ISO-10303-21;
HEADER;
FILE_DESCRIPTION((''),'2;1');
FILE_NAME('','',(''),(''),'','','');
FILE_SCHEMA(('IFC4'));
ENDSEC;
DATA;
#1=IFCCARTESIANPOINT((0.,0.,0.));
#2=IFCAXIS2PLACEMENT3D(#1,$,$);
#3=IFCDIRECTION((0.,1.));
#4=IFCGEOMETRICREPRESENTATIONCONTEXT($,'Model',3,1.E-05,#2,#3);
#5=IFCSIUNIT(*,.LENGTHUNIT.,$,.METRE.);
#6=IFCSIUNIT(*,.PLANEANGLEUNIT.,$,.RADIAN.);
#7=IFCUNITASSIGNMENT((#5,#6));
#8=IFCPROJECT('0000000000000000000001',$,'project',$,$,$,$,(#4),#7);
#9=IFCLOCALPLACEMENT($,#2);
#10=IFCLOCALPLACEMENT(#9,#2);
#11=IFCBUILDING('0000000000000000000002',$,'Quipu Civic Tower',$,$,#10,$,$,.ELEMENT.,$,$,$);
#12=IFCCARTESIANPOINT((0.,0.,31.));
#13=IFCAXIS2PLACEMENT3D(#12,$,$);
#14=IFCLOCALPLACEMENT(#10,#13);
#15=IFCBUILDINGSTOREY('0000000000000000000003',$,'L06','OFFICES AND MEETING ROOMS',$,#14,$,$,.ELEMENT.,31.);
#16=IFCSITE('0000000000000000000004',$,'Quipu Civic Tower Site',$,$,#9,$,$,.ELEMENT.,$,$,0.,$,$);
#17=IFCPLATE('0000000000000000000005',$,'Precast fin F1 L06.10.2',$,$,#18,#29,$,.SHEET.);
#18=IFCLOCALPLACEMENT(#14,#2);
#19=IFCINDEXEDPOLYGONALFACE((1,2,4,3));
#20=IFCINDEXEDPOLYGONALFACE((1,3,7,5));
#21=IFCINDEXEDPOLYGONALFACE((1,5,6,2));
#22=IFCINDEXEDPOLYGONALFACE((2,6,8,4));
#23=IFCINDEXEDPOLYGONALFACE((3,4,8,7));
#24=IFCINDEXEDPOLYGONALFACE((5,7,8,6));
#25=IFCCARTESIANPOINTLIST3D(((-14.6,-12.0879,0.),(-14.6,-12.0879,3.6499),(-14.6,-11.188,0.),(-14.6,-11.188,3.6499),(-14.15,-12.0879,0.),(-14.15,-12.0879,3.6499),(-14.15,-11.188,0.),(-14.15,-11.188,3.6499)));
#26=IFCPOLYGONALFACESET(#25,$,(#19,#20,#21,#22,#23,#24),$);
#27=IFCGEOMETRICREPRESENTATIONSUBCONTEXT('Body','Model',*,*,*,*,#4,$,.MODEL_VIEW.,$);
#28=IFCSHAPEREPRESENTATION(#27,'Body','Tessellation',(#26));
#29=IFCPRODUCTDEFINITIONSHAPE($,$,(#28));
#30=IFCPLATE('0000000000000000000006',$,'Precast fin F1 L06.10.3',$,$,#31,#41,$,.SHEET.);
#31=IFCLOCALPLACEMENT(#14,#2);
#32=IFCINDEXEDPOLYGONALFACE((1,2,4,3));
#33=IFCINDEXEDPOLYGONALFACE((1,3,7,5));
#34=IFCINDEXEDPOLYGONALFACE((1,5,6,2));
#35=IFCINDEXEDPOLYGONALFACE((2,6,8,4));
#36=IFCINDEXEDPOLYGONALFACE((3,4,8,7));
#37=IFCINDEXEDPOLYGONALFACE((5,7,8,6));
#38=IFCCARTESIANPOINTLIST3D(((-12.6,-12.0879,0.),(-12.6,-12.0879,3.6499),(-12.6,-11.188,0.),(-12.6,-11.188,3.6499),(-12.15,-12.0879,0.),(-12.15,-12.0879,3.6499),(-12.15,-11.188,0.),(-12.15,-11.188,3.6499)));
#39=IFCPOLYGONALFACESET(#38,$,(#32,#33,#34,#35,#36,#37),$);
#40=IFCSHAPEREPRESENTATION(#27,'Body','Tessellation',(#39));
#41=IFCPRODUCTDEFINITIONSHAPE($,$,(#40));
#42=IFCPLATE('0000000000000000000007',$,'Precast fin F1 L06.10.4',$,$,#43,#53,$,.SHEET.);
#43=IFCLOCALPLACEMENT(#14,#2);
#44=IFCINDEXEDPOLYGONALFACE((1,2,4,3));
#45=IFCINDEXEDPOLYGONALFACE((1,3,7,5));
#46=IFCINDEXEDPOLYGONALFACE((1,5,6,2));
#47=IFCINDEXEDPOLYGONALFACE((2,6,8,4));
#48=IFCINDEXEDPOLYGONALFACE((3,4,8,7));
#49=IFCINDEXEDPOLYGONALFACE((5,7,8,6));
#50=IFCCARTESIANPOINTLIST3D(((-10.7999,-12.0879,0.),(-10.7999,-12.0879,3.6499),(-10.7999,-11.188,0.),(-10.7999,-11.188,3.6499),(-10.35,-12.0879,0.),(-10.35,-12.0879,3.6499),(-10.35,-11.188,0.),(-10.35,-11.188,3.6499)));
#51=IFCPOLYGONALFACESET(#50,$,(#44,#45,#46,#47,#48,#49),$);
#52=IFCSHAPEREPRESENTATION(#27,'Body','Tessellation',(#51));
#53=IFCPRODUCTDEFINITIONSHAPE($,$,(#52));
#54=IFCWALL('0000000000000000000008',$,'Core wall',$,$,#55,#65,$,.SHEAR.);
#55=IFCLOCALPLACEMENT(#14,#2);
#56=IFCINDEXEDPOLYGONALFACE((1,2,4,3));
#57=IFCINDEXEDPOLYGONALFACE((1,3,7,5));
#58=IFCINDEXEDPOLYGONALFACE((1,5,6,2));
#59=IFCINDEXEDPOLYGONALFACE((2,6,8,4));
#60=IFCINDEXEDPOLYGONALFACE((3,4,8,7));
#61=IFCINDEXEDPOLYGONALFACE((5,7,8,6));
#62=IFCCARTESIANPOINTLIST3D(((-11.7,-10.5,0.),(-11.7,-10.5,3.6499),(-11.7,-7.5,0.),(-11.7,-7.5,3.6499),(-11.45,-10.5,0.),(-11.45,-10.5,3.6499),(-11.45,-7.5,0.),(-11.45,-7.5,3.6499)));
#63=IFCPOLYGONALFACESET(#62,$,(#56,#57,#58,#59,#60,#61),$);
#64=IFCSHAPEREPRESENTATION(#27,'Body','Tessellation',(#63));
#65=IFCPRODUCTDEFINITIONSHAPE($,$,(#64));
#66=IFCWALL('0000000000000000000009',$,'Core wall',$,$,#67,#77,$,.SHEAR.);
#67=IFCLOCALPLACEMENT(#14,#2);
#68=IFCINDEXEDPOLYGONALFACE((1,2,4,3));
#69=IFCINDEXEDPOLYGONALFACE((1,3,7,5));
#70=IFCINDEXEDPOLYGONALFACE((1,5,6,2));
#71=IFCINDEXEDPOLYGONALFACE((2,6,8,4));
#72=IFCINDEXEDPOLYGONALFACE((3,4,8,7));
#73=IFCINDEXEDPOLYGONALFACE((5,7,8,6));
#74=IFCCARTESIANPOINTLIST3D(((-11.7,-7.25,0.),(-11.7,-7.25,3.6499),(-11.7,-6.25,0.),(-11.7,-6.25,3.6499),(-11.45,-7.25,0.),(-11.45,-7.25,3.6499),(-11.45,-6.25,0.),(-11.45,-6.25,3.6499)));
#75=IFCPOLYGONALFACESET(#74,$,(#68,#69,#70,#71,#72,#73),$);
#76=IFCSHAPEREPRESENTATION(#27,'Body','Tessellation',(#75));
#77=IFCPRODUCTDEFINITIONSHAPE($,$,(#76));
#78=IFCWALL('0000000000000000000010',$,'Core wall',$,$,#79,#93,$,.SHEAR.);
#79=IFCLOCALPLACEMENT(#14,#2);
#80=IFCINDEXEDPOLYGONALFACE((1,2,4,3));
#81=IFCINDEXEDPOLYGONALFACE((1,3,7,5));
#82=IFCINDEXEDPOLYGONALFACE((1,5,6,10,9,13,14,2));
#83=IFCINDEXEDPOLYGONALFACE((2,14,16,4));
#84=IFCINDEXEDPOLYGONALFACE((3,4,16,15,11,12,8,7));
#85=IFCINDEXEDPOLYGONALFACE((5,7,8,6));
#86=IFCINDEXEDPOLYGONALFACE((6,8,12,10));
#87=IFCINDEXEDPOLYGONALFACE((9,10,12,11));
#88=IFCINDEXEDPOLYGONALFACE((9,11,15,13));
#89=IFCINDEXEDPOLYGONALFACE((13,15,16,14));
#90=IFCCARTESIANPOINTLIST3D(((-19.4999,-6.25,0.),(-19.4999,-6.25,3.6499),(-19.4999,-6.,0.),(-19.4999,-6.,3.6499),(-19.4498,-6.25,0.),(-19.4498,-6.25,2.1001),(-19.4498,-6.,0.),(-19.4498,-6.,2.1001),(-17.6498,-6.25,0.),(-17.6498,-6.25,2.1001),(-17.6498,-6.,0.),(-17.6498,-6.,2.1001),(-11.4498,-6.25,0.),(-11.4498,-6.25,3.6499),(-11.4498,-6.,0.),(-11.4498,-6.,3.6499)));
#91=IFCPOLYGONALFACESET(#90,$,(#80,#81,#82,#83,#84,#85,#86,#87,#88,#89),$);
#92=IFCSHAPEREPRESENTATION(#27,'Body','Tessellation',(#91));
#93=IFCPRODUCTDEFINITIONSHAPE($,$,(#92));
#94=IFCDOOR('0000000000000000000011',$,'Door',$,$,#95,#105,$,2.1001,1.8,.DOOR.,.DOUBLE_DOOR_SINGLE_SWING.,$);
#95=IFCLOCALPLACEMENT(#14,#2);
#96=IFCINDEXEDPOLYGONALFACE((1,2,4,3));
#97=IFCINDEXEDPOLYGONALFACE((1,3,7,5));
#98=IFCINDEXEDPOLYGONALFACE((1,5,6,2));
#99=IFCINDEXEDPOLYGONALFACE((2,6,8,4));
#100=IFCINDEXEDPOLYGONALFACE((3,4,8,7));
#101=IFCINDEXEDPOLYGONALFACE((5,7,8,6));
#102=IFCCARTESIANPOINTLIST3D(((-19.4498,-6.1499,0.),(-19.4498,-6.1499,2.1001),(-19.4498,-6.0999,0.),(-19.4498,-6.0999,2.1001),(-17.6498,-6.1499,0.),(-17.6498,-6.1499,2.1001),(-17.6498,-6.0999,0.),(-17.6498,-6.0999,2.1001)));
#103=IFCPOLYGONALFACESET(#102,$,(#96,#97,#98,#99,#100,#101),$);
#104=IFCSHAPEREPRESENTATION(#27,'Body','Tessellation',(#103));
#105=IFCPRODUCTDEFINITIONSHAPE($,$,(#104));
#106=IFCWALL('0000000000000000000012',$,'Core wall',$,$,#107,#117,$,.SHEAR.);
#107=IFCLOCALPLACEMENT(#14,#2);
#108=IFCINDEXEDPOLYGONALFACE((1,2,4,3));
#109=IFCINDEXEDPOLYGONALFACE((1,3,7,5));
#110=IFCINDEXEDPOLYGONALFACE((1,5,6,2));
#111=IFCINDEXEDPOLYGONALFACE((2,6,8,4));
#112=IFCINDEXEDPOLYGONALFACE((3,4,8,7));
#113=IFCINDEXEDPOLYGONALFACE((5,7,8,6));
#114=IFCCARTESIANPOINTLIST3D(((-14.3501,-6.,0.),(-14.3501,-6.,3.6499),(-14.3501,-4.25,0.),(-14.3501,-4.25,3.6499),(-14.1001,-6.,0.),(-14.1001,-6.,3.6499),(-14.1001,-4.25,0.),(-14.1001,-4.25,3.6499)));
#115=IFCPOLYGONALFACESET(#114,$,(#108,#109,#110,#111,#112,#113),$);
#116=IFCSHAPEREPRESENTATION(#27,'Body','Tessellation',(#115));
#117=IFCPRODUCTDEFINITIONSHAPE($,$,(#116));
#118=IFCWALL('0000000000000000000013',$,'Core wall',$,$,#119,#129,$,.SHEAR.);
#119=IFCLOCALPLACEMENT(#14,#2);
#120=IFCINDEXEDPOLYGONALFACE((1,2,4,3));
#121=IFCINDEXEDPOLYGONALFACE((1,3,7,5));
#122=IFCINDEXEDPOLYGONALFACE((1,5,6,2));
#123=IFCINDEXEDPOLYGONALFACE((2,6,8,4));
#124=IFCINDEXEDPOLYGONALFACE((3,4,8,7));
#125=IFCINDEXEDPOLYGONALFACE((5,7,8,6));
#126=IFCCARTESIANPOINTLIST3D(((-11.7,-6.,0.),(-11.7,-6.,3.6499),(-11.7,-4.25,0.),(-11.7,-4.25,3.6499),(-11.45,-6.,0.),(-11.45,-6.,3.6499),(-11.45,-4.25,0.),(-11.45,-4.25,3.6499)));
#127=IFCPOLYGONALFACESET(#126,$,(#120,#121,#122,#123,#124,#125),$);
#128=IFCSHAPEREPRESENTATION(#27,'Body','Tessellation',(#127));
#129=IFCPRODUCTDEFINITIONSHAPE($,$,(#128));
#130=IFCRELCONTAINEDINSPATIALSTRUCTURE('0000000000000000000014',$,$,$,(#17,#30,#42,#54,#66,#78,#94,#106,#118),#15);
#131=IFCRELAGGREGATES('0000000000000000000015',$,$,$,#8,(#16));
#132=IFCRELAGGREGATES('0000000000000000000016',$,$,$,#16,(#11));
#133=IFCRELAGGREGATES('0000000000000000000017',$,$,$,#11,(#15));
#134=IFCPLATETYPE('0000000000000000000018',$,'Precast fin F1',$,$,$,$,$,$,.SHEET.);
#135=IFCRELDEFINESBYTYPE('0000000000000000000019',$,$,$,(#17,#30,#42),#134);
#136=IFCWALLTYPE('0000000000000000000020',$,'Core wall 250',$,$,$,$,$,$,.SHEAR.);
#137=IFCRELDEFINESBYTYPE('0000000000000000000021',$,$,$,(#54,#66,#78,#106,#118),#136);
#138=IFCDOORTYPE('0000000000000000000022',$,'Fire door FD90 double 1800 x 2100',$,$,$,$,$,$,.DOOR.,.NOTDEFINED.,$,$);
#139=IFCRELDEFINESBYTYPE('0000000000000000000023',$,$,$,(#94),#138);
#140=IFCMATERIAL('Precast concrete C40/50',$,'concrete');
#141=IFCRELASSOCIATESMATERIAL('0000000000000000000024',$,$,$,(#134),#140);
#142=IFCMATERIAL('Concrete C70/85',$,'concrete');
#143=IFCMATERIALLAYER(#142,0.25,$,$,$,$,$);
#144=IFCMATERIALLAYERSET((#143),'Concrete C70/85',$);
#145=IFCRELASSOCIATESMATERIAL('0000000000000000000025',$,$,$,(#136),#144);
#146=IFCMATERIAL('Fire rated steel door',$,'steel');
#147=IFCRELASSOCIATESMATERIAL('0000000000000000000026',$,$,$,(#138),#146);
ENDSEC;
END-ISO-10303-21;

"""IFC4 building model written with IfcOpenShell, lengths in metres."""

from ifc_helpers import new_model, si_unit, direction, frame, frame_2d, origin, origin_2d, place, context, subcontext, project, spatial, rectangle, extrude, material, layer, layer_set, type_object, element, fill, save


model = new_model("IFC4")

# Units and contexts
model_context = context("Model", 3, precision=1e-05, world=origin(), true_north=direction((0.0, 1.0)))
body_context = subcontext(model_context, "Body", "Model", "MODEL_VIEW")
ifc_project = project(units=[si_unit("LENGTHUNIT", "METRE"), si_unit("PLANEANGLEUNIT", "RADIAN")], contexts=[model_context])

# Site, building, storey
site_placement = place(None, origin())
site = spatial("IfcSite", under=ifc_project, at=site_placement, Name="Quipu Civic Tower Site", CompositionType="ELEMENT", RefElevation=0.0)
building_placement = place(site_placement, origin())
building = spatial("IfcBuilding", under=site, at=building_placement, Name="Quipu Civic Tower", CompositionType="ELEMENT")
storey_placement = place(building_placement, frame((0.0, 0.0, 31.0)))
storey = spatial("IfcBuildingStorey", under=building, at=storey_placement, Name="L06", Description="OFFICES AND MEETING ROOMS", CompositionType="ELEMENT", Elevation=31.0)

# Plates
ifc_material_1 = material(Name="Precast concrete C40/50", Category="concrete")
plate_type = type_object("IfcPlateType", Name="Precast fin F1", PredefinedType="SHEET", material=ifc_material_1)
for number, where, z_axis, x_axis, name in (
    (1, (-14.375, -11.6379, 0.0), (0.0, 0.0, 1.0), (1.0, 0.0, 0.0), "Precast fin F1 L06.10.2"),
    (2, (-12.375, -11.6379, 0.0), (0.0, 0.0, 1.0), (1.0, 0.0, 0.0), "Precast fin F1 L06.10.3"),
    (3, (-10.575, -11.6379, 0.0), (0.0, 0.0, 1.0), (1.0, 0.0, 0.0), "Precast fin F1 L06.10.4"),
):
    element("IfcPlate", number, at=place(storey_placement, frame(where, z_axis=z_axis, x_axis=x_axis)), inside=storey, type_object=plate_type, Name=name, PredefinedType="SHEET", context=body_context, shape_type="SweptSolid", body=[
        extrude(rectangle(XDim=0.45, YDim=0.8999, at=origin_2d()), origin(), (0.0, 0.0, 1.0), 3.6499),
    ])

# Walls
ifc_material_2 = material(Name="Concrete C70/85", Category="concrete")
ifc_layer_1 = layer(ifc_material_2, 0.25)
ifc_layer_set_1 = layer_set([ifc_layer_1], Name="Concrete C70/85")
wall_type_1 = type_object("IfcWallType", Name="Core wall 250", PredefinedType="SHEAR", material=ifc_layer_set_1)
wall_1_placement = place(storey_placement, frame((-11.575, -10.5, 0.0), z_axis=(0.0, 0.0, 1.0), x_axis=(0.0, 1.0, 0.0)))
element("IfcWall", 4, at=wall_1_placement, inside=storey, type_object=wall_type_1, Name="Core wall", PredefinedType="SHEAR", context=body_context, shape_type="SweptSolid", body=[
    extrude(rectangle(XDim=3.0, YDim=0.25, at=frame_2d((1.5, 0.0))), origin(), (0.0, 0.0, 1.0), 3.6499),
])
wall_2_placement = place(storey_placement, frame((-11.575, -7.25, 0.0), z_axis=(0.0, 0.0, 1.0), x_axis=(0.0, 1.0, 0.0)))
element("IfcWall", 5, at=wall_2_placement, inside=storey, type_object=wall_type_1, Name="Core wall", PredefinedType="SHEAR", context=body_context, shape_type="SweptSolid", body=[
    extrude(rectangle(XDim=1.0, YDim=0.25, at=frame_2d((0.5, 0.0))), origin(), (0.0, 0.0, 1.0), 3.6499),
])

# Wall, opening, door
wall_3_placement = place(storey_placement, frame((-11.45, -6.125, 0.0), z_axis=(0.0, 0.0, 1.0), x_axis=(-1.0, 0.0, 0.0)))
wall_3 = element("IfcWall", 6, at=wall_3_placement, inside=storey, type_object=wall_type_1, Name="Core wall", PredefinedType="SHEAR", context=body_context, shape_type="SweptSolid", body=[
    extrude(rectangle(XDim=8.05, YDim=0.25, at=frame_2d((4.0249, 0.0))), origin(), (0.0, 0.0, 1.0), 3.6499),
])
opening_1_placement = place(wall_3_placement, frame((6.2, 0.0, 0.0)))
opening_1 = element("IfcOpeningElement", 7, at=opening_1_placement, cuts=wall_3, PredefinedType="OPENING", context=body_context, shape_type="SweptSolid", body=[
    extrude(rectangle(XDim=1.8, YDim=2.1001, at=frame_2d((0.8999, 1.05))), frame((0.0, 0.135, 0.0), z_axis=(0.0, -1.0, 0.0), x_axis=(1.0, 0.0, 0.0)), (0.0, 0.0, 1.0), 0.27),
])
ifc_material_3 = material(Name="Fire rated steel door", Category="steel")
door_type_1 = type_object("IfcDoorType", Name="Fire door FD90 double 1800 x 2100", OperationType="NOTDEFINED", PredefinedType="DOOR", material=ifc_material_3)
door_1_placement = place(opening_1_placement, origin())
door_1 = element("IfcDoor", 8, at=door_1_placement, inside=storey, type_object=door_type_1, Name="Door", OperationType="DOUBLE_DOOR_SINGLE_SWING", OverallHeight=2.1001, OverallWidth=1.8, PredefinedType="DOOR", context=body_context, shape_type="SweptSolid", body=[
    extrude(rectangle(XDim=1.8, YDim=2.1001, at=frame_2d((0.8999, 1.05))), frame((0.0, 0.0249, 0.0), z_axis=(0.0, -1.0, 0.0), x_axis=(1.0, 0.0, 0.0)), (0.0, 0.0, 1.0), 0.05),
])
fill(opening_1, door_1)

# Walls
for number, where, z_axis, x_axis, name in (
    (9, (-14.2251, -6.0, 0.0), (0.0, 0.0, 1.0), (0.0, 1.0, 0.0), "Core wall"),
    (10, (-11.575, -6.0, 0.0), (0.0, 0.0, 1.0), (0.0, 1.0, 0.0), "Core wall"),
):
    element("IfcWall", number, at=place(storey_placement, frame(where, z_axis=z_axis, x_axis=x_axis)), inside=storey, type_object=wall_type_1, Name=name, PredefinedType="SHEAR", context=body_context, shape_type="SweptSolid", body=[
        extrude(rectangle(XDim=1.75, YDim=0.25, at=frame_2d((0.875, 0.0))), origin(), (0.0, 0.0, 1.0), 3.6499),
    ])

save(model, "model.ifc")
